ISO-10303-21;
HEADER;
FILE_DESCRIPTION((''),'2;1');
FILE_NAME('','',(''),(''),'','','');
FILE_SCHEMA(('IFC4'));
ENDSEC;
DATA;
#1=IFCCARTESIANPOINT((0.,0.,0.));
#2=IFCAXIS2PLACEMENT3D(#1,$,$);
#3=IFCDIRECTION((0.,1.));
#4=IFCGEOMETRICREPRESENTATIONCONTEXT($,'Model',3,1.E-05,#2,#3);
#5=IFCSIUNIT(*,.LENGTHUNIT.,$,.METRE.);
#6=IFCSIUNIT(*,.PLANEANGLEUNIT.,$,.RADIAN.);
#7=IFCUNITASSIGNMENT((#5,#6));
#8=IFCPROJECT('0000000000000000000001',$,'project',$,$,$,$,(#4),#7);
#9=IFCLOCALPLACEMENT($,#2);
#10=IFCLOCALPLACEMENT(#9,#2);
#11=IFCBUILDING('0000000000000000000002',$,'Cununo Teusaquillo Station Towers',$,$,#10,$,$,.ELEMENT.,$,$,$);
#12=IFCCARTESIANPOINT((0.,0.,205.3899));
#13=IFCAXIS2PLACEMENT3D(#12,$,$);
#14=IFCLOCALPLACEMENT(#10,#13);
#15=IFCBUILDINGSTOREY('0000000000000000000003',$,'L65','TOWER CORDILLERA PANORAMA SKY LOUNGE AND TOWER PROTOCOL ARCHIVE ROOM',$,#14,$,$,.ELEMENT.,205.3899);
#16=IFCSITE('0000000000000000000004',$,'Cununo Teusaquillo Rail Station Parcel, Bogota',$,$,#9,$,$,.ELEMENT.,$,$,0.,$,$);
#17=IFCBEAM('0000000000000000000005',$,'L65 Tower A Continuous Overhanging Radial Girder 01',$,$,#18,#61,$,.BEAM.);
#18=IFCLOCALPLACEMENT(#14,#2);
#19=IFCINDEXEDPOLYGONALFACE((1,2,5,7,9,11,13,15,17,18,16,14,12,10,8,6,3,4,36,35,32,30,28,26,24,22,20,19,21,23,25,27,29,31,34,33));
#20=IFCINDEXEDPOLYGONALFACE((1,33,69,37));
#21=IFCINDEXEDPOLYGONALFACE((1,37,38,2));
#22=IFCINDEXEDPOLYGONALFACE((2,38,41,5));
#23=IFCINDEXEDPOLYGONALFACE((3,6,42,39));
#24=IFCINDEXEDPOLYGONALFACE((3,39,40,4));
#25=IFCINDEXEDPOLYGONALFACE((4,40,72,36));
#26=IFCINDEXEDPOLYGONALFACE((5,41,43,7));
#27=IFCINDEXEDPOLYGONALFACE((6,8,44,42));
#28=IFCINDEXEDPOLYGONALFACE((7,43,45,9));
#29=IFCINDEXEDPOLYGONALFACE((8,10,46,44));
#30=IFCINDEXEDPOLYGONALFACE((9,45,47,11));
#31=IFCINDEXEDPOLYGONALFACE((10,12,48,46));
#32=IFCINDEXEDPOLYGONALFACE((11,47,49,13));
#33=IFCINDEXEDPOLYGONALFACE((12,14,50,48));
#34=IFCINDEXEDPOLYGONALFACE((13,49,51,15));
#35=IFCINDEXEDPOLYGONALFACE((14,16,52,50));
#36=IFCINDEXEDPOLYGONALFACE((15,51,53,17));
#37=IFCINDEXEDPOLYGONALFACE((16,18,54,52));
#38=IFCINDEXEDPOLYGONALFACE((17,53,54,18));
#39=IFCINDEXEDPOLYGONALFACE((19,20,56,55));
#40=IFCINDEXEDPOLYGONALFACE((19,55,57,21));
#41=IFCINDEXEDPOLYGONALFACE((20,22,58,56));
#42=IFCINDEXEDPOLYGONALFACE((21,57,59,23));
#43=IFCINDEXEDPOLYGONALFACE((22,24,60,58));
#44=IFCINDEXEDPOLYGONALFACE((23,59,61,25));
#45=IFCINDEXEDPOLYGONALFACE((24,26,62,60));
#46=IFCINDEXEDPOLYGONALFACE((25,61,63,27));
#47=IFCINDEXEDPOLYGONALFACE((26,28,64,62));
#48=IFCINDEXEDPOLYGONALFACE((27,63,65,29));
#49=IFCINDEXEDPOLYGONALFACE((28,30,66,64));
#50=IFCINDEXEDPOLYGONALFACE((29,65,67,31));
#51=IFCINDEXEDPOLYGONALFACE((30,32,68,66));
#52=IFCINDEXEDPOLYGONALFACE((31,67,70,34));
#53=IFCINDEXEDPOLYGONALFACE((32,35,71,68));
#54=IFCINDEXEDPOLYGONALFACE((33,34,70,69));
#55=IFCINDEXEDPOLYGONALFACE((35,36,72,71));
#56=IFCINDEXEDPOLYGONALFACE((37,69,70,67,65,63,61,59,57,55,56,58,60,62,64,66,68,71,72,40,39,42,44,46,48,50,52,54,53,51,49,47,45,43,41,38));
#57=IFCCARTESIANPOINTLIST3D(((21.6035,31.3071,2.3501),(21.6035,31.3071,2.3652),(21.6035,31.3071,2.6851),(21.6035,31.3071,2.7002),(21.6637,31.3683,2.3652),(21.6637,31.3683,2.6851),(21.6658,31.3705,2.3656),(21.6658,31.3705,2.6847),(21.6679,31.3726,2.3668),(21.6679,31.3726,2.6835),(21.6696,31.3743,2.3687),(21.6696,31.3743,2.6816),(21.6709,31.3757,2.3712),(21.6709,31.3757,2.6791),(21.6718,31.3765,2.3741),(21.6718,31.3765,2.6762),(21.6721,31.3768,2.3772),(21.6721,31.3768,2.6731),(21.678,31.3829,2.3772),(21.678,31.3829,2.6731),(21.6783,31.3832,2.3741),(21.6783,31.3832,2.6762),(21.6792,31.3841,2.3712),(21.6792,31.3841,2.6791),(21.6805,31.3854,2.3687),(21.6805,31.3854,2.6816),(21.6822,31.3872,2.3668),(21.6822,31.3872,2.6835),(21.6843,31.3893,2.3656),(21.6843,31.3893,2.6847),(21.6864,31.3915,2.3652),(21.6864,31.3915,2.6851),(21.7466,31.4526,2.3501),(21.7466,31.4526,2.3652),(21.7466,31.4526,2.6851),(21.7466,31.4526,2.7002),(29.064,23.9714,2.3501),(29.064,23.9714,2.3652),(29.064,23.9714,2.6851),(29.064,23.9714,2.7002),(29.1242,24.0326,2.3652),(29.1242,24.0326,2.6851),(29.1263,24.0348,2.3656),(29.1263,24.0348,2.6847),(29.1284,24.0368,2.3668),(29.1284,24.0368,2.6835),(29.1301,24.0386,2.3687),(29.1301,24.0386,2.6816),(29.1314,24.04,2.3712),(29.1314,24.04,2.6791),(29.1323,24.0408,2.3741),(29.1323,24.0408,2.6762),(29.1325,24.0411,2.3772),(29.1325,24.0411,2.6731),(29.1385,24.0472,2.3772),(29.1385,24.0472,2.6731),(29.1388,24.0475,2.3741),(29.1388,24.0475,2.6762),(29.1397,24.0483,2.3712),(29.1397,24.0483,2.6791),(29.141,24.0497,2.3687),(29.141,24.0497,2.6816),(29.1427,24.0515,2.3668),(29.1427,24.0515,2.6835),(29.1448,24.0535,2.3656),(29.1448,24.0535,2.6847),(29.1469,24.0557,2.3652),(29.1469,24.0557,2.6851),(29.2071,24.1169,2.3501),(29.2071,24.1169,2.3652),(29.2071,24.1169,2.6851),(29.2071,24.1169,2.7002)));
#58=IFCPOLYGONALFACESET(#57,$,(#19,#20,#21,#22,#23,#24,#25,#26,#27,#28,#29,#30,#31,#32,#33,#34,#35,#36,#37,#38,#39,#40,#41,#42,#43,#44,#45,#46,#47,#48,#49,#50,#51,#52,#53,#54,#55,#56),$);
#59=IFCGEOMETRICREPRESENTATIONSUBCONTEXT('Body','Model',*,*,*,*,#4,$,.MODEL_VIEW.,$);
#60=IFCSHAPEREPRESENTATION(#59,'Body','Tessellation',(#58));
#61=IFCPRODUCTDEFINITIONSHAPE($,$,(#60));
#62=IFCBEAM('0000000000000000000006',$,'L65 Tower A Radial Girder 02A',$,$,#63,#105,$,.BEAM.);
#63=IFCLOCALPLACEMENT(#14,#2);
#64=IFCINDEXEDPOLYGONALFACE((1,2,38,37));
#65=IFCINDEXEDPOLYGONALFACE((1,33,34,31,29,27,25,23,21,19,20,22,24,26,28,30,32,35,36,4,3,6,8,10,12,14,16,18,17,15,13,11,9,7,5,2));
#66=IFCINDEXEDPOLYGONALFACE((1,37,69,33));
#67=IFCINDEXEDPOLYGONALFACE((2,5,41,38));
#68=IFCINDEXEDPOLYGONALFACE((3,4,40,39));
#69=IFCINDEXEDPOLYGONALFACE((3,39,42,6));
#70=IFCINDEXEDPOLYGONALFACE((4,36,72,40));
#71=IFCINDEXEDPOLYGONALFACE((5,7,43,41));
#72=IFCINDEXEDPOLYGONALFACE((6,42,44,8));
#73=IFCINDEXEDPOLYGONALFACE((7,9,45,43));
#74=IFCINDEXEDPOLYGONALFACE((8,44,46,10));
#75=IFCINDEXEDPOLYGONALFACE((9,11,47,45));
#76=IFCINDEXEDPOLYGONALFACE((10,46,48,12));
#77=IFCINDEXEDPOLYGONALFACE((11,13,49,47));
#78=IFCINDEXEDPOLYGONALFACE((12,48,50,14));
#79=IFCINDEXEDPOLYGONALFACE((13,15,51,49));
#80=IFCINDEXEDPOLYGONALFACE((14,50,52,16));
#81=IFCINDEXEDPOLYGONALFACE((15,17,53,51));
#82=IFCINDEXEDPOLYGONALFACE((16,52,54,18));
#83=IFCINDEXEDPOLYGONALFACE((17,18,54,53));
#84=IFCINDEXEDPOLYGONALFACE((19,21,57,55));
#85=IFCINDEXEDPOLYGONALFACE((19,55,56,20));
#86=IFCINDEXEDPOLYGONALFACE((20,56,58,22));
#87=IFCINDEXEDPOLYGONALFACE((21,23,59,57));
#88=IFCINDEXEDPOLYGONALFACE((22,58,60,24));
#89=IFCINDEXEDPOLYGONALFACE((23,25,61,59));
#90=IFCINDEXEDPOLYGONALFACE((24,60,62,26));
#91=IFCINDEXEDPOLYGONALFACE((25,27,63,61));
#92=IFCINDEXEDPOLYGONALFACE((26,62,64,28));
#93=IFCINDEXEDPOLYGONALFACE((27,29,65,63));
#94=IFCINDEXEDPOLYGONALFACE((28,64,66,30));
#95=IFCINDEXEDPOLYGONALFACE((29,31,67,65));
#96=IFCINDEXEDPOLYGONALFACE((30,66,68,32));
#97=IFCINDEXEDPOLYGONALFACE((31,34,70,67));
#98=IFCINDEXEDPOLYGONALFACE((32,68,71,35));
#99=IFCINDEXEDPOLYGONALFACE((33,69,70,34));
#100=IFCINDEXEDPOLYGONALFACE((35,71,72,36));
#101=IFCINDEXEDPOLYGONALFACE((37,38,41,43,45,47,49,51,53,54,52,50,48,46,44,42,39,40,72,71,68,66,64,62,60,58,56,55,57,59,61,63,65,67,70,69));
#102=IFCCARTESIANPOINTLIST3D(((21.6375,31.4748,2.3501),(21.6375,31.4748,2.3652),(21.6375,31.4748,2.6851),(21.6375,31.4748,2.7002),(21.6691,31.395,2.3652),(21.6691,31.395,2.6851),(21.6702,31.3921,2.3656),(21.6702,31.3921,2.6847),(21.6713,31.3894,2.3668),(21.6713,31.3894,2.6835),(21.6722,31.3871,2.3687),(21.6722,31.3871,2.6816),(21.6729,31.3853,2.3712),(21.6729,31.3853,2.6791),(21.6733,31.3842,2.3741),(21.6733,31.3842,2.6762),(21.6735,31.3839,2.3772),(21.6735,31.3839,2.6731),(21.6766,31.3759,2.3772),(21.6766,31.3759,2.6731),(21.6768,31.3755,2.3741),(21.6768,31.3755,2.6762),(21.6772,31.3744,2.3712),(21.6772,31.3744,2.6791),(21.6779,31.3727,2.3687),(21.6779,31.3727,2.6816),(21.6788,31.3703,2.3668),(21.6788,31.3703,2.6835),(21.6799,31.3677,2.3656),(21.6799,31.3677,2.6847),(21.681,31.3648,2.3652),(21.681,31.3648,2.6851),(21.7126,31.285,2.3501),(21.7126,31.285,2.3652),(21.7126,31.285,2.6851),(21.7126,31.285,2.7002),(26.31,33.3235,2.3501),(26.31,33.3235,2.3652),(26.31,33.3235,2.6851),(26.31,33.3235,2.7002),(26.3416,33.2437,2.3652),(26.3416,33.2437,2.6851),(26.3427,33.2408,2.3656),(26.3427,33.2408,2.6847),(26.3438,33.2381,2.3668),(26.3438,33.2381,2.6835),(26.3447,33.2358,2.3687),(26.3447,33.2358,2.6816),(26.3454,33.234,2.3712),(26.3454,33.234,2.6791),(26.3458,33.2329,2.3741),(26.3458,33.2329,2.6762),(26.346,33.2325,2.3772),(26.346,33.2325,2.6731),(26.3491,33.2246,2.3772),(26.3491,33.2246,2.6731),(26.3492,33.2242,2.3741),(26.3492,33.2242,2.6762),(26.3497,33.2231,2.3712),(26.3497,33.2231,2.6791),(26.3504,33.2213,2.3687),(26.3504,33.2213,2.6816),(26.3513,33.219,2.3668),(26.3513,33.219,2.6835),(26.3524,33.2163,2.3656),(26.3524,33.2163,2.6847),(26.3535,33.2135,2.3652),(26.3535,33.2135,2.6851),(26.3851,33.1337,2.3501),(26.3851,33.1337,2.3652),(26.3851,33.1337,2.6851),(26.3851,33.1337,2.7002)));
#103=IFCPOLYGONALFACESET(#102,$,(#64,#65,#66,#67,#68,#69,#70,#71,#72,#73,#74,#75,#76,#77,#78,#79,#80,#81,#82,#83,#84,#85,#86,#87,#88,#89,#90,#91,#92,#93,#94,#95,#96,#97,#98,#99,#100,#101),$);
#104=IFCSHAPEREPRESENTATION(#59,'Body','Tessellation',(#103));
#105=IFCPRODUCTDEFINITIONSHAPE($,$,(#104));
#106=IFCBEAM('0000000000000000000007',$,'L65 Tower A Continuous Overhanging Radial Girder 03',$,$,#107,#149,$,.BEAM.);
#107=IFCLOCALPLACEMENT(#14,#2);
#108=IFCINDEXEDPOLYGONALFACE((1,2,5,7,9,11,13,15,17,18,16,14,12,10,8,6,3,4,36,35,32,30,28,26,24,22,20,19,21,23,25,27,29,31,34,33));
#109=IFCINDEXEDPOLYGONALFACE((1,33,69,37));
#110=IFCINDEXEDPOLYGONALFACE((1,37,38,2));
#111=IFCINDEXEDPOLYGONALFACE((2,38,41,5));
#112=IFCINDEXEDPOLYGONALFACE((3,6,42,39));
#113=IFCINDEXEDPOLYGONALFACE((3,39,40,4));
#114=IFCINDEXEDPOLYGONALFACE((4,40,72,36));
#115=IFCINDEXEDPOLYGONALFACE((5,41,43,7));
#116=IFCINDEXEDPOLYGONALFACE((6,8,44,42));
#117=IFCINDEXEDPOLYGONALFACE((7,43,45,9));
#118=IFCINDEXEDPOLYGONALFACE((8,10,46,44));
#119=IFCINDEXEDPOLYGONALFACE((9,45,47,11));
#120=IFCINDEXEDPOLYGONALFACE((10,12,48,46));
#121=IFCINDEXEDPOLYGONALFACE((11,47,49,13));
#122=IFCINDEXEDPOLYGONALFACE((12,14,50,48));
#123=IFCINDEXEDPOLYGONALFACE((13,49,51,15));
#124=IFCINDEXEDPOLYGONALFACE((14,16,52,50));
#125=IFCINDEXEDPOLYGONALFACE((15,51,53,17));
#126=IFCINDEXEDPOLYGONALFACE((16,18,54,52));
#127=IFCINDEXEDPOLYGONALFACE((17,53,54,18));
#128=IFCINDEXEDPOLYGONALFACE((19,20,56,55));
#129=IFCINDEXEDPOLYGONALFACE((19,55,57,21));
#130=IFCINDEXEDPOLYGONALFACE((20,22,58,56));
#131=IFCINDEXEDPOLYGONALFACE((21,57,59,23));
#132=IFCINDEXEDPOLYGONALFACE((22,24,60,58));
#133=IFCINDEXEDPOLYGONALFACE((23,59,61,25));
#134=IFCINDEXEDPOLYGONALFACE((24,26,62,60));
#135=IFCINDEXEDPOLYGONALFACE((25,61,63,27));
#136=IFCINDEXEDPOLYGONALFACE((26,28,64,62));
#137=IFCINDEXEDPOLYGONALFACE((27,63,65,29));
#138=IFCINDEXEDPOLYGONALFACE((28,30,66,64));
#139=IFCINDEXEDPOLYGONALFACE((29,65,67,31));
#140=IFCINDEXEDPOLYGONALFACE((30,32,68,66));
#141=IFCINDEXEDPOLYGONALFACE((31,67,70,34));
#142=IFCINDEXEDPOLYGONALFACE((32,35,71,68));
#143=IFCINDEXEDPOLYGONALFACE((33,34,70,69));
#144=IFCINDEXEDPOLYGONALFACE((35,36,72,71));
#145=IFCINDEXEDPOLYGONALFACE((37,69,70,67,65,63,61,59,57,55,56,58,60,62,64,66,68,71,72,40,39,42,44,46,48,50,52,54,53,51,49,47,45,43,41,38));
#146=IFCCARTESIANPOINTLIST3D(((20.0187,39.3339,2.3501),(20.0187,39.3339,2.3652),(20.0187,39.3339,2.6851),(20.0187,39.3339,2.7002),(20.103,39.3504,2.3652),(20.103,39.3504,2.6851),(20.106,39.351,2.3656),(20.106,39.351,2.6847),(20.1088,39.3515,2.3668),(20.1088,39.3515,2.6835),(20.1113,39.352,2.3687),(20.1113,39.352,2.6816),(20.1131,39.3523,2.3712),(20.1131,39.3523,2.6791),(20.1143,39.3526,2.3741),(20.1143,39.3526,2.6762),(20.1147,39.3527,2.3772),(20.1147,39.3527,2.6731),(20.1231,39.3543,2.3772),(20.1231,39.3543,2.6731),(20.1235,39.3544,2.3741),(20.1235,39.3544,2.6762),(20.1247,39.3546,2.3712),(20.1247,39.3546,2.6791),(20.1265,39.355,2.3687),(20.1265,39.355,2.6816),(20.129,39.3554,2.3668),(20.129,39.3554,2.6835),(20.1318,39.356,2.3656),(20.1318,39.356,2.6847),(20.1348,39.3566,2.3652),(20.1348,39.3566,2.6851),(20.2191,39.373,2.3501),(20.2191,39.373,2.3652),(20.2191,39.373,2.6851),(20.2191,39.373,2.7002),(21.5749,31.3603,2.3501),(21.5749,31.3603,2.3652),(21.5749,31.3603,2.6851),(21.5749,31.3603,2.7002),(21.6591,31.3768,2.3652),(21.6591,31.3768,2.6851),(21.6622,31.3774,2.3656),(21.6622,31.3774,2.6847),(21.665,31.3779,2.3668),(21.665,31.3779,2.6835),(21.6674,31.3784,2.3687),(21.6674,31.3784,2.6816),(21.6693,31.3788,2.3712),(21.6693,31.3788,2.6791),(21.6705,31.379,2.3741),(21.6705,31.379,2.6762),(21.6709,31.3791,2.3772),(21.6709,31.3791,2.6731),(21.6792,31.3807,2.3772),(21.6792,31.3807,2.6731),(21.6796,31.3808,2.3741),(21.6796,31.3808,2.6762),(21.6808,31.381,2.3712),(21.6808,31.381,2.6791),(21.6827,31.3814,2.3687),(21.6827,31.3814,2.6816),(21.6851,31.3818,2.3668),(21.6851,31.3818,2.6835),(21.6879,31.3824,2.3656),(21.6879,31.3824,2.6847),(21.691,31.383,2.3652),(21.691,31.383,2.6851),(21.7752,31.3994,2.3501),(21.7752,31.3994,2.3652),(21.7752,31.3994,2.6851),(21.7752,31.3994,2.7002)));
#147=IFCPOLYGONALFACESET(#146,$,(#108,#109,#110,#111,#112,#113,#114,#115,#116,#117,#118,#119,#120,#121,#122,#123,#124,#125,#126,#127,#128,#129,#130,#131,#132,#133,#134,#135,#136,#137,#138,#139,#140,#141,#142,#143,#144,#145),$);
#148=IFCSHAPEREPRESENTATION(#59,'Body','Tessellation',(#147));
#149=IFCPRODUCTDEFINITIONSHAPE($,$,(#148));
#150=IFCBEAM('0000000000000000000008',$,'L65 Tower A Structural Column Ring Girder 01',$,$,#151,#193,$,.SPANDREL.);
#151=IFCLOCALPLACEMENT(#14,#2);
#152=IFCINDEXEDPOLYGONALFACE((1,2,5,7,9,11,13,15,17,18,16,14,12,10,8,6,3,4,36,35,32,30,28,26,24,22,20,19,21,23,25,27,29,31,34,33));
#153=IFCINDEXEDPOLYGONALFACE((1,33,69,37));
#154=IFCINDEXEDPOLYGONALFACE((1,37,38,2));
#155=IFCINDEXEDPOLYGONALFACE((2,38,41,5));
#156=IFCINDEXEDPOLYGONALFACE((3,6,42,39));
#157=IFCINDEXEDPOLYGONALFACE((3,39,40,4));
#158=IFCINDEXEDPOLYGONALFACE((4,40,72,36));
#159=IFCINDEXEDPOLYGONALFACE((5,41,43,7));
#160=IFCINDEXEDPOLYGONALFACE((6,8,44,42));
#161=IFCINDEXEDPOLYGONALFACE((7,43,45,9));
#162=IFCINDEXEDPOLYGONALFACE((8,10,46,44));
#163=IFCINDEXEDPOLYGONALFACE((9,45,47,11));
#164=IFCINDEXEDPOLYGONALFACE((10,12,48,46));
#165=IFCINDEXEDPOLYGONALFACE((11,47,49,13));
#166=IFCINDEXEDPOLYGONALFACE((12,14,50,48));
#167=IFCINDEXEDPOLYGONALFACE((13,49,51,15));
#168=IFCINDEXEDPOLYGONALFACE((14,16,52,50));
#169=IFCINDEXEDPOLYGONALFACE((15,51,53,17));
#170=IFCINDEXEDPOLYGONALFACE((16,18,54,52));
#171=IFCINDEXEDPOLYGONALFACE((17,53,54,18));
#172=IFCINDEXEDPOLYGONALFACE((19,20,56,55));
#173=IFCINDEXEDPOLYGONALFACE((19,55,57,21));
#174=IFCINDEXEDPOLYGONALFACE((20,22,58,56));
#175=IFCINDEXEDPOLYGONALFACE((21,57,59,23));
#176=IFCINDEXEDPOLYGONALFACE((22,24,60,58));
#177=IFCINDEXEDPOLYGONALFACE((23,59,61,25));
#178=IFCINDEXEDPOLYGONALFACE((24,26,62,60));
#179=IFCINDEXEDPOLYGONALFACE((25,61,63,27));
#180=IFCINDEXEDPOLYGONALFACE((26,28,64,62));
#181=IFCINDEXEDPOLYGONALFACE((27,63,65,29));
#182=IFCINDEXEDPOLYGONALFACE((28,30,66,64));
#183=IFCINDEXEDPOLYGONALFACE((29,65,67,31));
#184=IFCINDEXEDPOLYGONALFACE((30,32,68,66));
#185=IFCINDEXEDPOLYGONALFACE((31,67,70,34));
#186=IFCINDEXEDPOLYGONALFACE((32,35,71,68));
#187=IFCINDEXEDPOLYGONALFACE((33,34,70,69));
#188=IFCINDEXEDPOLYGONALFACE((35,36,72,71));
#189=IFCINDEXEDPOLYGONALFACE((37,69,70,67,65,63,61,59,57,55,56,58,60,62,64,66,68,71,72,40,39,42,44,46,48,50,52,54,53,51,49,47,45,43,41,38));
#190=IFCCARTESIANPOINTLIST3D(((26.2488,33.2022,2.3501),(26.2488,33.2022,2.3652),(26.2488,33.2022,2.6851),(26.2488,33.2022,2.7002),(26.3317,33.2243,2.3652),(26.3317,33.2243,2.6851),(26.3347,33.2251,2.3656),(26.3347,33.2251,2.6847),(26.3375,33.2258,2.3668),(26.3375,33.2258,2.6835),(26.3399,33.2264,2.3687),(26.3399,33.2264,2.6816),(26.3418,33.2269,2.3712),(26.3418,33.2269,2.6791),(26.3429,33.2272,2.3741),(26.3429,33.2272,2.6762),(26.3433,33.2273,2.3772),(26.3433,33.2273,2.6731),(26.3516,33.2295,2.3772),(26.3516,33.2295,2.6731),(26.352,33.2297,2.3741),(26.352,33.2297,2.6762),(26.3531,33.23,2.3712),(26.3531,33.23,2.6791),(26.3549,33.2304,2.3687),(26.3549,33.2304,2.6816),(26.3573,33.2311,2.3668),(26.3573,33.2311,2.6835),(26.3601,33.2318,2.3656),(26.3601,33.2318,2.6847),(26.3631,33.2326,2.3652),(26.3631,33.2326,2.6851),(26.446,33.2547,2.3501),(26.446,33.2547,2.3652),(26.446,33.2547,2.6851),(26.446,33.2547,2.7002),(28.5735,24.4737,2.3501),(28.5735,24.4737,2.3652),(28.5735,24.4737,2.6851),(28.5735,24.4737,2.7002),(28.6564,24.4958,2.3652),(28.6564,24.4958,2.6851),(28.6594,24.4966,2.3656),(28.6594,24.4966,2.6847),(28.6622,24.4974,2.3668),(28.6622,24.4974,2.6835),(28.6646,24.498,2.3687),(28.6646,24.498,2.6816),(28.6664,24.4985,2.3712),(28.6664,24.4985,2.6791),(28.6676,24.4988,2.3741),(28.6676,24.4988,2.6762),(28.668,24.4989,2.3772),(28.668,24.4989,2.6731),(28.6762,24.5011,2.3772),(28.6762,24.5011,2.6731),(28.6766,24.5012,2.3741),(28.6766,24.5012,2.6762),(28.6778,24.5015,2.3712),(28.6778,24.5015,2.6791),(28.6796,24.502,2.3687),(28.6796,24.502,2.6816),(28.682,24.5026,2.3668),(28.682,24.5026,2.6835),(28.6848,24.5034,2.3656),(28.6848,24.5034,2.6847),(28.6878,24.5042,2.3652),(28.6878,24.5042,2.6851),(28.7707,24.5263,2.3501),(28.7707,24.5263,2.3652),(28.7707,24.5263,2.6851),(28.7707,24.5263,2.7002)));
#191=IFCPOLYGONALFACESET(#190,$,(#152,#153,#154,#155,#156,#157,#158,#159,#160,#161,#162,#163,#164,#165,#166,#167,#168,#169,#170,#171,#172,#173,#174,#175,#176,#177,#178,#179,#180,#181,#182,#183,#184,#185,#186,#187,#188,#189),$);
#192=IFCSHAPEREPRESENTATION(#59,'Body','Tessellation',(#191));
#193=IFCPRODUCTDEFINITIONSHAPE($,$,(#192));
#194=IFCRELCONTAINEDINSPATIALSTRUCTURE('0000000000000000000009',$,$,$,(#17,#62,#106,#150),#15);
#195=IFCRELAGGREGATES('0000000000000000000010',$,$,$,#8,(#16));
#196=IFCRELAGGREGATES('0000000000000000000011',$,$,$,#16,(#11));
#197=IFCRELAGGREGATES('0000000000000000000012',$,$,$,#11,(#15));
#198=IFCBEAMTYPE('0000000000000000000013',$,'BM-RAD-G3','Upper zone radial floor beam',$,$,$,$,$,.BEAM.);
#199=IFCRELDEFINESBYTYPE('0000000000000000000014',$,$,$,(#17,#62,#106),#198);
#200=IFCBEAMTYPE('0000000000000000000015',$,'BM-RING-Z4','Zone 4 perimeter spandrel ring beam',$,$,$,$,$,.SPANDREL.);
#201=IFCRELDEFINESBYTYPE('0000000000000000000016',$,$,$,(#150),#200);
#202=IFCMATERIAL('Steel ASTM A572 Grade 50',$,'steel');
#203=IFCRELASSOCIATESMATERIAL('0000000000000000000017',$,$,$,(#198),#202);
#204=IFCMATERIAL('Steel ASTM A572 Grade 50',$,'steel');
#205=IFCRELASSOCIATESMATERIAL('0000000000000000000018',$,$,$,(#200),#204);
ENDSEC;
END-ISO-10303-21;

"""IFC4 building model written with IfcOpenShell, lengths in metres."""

from ifc_helpers import new_model, si_unit, direction, frame, origin, origin_2d, place, context, subcontext, project, spatial, i_section, extrude, material, material_profile, profile_set, type_object, element, save


model = new_model("IFC4")

# Units and contexts
model_context = context("Model", 3, precision=1e-05, world=origin(), true_north=direction((0.0, 1.0)))
body_context = subcontext(model_context, "Body", "Model", "MODEL_VIEW")
ifc_project = project(units=[si_unit("LENGTHUNIT", "METRE"), si_unit("PLANEANGLEUNIT", "RADIAN")], contexts=[model_context])

# Site, building, storey
site_placement = place(None, origin())
site = spatial("IfcSite", under=ifc_project, at=site_placement, Name="Cununo Teusaquillo Rail Station Parcel, Bogota", CompositionType="ELEMENT", RefElevation=0.0)
building_placement = place(site_placement, origin())
building = spatial("IfcBuilding", under=site, at=building_placement, Name="Cununo Teusaquillo Station Towers", CompositionType="ELEMENT")
storey_placement = place(building_placement, frame((0.0, 0.0, 205.3899)))
storey = spatial("IfcBuildingStorey", under=building, at=storey_placement, Name="L65", Description="TOWER CORDILLERA PANORAMA SKY LOUNGE AND TOWER PROTOCOL ARCHIVE ROOM", CompositionType="ELEMENT", Elevation=205.3899)

# Beams
ifc_material_1 = material(Name="Steel ASTM A572 Grade 50", Category="steel")
ifc_material_profile_1 = material_profile(ifc_material_1, i_section(OverallWidth=0.2041, OverallDepth=0.3501, WebThickness=0.0085, FlangeThickness=0.0151, FilletRadius=0.012, at=origin_2d()), Name="W14X48")
ifc_profile_set_1 = profile_set([ifc_material_profile_1], Name="Steel ASTM A572 Grade 50")
beam_type_1 = type_object("IfcBeamType", Name="BM-RAD-G3", Description="Upper zone radial floor beam", PredefinedType="BEAM", material=ifc_profile_set_1)
beam_1_placement = place(storey_placement, frame((21.675, 31.3799, 2.5251), z_axis=(0.713044, -0.70112, 0.0), x_axis=(0.70112, 0.713044, 0.0)))
element("IfcBeam", 1, at=beam_1_placement, inside=storey, type_object=beam_type_1, Name="L65 Tower A Continuous Overhanging Radial Girder 01", PredefinedType="BEAM", context=body_context, shape_type="SweptSolid", body=[
    extrude(i_section(OverallWidth=0.2041, OverallDepth=0.3501, WebThickness=0.0085, FlangeThickness=0.0151, FilletRadius=0.012, at=origin_2d()), origin(), (0.0, 0.0, 1.0), 10.4629),
])
beam_2_placement = place(storey_placement, frame((21.675, 31.3799, 2.5251), z_axis=(0.929864, 0.367903, 0.0), x_axis=(-0.367903, 0.929864, 0.0)))
element("IfcBeam", 2, at=beam_2_placement, inside=storey, type_object=beam_type_1, Name="L65 Tower A Radial Girder 02A", PredefinedType="BEAM", context=body_context, shape_type="SweptSolid", body=[
    extrude(i_section(OverallWidth=0.2041, OverallDepth=0.3501, WebThickness=0.0085, FlangeThickness=0.0151, FilletRadius=0.012, at=origin_2d()), origin(), (0.0, 0.0, 1.0), 5.0249),
])
beam_3_placement = place(storey_placement, frame((21.675, 31.3799, 2.5251), z_axis=(-0.191548, 0.981483, 0.0), x_axis=(-0.981483, -0.191548, 0.0)))
element("IfcBeam", 3, at=beam_3_placement, inside=storey, type_object=beam_type_1, Name="L65 Tower A Continuous Overhanging Radial Girder 03", PredefinedType="BEAM", context=body_context, shape_type="SweptSolid", body=[
    extrude(i_section(OverallWidth=0.2041, OverallDepth=0.3501, WebThickness=0.0085, FlangeThickness=0.0151, FilletRadius=0.012, at=origin_2d()), origin(), (0.0, 0.0, 1.0), 8.124),
])
ifc_material_2 = material(Name="Steel ASTM A572 Grade 50", Category="steel")
ifc_material_profile_2 = material_profile(ifc_material_2, i_section(OverallWidth=0.2041, OverallDepth=0.3501, WebThickness=0.0085, FlangeThickness=0.0151, FilletRadius=0.012, at=origin_2d()), Name="W14X48")
ifc_profile_set_2 = profile_set([ifc_material_profile_2], Name="Steel ASTM A572 Grade 50")
beam_type_2 = type_object("IfcBeamType", Name="BM-RING-Z4", Description="Zone 4 perimeter spandrel ring beam", PredefinedType="SPANDREL", material=ifc_profile_set_2)
beam_4_placement = place(storey_placement, frame((28.6721, 24.5, 2.5251), z_axis=(-0.257363, 0.966315, 0.0), x_axis=(-0.966315, -0.257363, 0.0)))
element("IfcBeam", 4, at=beam_4_placement, inside=storey, type_object=beam_type_2, Name="L65 Tower A Structural Column Ring Girder 01", PredefinedType="SPANDREL", context=body_context, shape_type="SweptSolid", body=[
    extrude(i_section(OverallWidth=0.2041, OverallDepth=0.3501, WebThickness=0.0085, FlangeThickness=0.0151, FilletRadius=0.012, at=origin_2d()), origin(), (0.0, 0.0, 1.0), 9.0327),
])

save(model, "model.ifc")
